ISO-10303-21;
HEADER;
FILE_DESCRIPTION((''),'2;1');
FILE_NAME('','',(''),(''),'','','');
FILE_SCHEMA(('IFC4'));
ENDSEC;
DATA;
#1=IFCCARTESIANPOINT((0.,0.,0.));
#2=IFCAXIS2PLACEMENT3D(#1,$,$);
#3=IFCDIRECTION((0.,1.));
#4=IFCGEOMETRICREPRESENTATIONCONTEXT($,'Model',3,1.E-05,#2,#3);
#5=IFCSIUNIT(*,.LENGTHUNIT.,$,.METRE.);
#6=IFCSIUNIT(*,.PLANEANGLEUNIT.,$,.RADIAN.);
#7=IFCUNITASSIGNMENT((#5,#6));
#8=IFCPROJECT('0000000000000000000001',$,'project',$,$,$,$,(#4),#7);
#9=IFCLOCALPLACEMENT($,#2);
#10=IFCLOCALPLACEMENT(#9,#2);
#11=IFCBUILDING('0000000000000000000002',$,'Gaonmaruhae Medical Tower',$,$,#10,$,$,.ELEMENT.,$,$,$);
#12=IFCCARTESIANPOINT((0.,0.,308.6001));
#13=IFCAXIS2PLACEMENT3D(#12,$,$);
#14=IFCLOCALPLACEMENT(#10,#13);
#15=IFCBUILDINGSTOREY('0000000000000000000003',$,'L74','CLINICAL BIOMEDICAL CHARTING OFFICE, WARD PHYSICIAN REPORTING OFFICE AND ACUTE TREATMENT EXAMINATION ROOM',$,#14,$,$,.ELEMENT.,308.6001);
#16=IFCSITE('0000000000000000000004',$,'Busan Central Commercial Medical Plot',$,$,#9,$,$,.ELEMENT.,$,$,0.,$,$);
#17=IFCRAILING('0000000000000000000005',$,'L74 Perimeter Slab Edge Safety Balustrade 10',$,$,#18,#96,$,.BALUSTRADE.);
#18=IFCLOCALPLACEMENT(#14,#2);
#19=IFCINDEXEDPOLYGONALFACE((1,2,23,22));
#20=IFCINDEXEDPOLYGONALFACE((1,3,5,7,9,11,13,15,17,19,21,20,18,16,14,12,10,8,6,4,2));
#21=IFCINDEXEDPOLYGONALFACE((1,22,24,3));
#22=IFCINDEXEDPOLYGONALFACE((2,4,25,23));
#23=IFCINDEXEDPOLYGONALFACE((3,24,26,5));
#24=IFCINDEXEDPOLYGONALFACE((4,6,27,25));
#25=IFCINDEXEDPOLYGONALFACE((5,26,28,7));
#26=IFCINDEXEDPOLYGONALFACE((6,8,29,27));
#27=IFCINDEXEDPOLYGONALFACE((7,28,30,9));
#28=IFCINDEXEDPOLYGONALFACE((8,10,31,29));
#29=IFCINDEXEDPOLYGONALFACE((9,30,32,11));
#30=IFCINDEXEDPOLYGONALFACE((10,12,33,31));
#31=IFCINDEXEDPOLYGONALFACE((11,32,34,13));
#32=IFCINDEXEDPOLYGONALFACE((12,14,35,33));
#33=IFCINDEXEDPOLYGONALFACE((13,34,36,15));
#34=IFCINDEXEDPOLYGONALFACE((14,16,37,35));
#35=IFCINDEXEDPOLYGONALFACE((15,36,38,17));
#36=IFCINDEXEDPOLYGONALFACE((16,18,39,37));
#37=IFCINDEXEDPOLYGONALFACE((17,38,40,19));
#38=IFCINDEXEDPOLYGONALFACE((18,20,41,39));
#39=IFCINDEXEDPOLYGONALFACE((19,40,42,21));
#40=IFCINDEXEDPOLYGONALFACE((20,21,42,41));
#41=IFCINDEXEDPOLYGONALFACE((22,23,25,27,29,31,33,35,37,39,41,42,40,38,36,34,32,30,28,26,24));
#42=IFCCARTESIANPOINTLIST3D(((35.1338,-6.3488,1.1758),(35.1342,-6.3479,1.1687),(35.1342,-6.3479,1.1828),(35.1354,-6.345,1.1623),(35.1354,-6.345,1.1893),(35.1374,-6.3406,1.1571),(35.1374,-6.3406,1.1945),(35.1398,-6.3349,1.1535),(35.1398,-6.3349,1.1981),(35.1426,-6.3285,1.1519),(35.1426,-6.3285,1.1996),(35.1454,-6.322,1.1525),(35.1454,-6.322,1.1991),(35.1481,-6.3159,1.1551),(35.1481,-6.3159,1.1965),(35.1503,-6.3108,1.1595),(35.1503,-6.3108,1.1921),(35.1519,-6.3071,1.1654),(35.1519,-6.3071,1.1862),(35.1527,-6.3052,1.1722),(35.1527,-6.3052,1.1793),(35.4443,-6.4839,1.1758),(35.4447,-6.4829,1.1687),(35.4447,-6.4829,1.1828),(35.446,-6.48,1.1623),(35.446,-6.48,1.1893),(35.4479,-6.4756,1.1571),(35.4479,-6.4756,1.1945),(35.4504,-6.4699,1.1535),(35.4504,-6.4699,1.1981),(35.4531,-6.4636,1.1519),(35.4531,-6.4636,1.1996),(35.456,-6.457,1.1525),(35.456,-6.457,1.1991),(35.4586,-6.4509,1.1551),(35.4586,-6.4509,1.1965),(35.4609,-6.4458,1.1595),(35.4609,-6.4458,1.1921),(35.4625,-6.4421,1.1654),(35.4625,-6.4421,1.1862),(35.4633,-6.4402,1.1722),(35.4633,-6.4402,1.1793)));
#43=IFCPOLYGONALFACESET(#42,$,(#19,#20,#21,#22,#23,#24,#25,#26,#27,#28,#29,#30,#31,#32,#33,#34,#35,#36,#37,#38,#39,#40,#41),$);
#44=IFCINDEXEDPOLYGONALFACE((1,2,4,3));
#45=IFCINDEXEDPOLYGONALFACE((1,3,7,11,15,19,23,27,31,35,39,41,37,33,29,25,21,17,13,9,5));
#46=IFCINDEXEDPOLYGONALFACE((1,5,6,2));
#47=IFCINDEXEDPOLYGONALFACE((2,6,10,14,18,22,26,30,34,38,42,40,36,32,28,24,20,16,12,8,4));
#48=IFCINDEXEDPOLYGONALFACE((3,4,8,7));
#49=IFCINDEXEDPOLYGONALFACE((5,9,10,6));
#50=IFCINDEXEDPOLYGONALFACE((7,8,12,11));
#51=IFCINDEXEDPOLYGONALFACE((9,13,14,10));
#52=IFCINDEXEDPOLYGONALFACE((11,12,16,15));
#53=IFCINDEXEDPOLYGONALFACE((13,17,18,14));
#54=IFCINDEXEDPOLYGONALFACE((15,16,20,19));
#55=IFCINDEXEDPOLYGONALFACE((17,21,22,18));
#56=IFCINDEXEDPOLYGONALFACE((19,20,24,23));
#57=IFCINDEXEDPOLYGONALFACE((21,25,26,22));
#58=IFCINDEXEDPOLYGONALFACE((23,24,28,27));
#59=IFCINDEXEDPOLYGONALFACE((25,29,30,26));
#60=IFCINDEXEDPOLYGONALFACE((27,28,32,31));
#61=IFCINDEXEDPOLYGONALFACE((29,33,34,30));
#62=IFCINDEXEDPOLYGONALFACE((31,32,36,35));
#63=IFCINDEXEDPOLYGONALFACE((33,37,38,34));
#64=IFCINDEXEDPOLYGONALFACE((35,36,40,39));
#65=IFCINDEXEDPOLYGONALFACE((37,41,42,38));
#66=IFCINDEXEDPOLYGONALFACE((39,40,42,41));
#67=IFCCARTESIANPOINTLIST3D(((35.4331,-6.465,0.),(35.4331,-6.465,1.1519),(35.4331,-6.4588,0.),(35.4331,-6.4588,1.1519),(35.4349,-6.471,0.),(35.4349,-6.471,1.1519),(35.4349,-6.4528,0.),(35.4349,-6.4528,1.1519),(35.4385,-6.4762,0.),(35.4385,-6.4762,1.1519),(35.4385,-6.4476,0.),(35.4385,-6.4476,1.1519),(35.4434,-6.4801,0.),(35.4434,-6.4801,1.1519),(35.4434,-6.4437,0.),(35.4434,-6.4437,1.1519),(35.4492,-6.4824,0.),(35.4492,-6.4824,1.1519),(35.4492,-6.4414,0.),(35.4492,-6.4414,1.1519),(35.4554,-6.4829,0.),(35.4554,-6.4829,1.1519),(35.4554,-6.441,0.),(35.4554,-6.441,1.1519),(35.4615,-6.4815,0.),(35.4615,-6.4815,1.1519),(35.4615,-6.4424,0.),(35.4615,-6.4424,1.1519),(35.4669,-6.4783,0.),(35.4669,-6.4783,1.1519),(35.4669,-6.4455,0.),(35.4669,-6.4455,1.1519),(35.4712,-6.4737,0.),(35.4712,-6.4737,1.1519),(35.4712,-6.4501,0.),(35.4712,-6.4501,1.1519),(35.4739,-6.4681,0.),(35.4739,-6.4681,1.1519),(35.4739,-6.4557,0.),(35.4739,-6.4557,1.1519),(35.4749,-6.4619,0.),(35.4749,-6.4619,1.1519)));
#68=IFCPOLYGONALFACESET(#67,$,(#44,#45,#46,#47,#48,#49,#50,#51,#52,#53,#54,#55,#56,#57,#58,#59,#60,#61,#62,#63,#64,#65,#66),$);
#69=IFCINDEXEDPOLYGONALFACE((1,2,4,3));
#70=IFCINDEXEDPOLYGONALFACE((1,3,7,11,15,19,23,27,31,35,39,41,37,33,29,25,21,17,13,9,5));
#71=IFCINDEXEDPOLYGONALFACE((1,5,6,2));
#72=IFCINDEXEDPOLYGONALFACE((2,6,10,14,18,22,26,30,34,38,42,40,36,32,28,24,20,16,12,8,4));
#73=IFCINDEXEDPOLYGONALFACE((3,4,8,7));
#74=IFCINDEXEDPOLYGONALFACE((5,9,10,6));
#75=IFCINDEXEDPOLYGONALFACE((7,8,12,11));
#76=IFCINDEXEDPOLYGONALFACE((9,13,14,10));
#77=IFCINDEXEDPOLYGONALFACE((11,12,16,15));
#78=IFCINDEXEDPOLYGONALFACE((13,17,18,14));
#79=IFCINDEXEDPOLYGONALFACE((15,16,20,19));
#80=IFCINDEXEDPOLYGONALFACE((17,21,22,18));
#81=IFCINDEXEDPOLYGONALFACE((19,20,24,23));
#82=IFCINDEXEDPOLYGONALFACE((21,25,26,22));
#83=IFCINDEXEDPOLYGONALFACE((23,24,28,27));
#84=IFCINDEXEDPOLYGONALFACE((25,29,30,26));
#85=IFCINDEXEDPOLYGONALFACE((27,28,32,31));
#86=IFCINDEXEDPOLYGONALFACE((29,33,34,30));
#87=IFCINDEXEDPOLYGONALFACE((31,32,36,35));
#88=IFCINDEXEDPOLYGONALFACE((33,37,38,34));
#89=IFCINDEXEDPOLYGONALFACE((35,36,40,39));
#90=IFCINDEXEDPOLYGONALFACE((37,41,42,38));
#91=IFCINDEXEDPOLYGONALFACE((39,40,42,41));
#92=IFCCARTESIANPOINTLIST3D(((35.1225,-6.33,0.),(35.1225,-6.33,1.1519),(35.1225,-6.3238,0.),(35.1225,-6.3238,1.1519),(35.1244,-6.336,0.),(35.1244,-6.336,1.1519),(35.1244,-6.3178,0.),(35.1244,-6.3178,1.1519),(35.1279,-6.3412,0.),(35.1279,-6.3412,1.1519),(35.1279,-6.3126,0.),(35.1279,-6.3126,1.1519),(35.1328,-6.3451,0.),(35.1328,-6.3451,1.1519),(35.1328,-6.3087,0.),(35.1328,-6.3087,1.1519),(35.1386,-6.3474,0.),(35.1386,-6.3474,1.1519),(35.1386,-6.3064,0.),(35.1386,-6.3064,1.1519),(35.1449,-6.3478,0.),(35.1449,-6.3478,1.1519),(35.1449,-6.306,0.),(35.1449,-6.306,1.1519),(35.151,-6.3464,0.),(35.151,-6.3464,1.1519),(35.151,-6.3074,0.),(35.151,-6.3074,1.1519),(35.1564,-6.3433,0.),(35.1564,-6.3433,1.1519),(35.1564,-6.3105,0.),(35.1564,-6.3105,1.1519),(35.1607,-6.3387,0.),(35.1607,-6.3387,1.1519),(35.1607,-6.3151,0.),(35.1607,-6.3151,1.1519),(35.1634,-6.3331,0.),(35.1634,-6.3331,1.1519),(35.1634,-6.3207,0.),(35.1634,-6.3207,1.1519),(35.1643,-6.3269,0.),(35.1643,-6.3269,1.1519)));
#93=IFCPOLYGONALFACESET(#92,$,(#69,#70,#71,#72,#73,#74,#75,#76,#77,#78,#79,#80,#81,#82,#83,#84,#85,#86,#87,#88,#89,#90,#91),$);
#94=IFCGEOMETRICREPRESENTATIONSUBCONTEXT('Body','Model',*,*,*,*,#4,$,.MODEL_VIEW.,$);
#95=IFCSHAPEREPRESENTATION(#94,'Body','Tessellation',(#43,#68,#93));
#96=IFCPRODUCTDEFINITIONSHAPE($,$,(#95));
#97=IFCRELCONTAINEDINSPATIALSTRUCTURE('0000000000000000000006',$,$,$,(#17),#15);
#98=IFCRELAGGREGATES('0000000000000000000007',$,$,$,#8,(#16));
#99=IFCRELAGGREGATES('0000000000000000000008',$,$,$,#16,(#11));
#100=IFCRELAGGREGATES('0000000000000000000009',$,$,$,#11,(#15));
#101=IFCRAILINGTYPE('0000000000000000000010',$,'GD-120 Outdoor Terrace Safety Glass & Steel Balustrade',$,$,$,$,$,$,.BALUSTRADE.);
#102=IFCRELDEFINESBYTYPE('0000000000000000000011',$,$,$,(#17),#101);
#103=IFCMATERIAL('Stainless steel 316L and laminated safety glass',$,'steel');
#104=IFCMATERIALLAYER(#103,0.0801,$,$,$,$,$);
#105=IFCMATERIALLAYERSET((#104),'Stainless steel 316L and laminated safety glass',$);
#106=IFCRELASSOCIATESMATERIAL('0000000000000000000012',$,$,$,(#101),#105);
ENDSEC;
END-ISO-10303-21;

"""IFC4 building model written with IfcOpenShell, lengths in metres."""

from ifc_helpers import new_model, si_unit, direction, frame, origin, origin_2d, place, context, subcontext, project, spatial, circle, extrude, material, layer, layer_set, type_object, element, save


model = new_model("IFC4")

# Units and contexts
model_context = context("Model", 3, precision=1e-05, world=origin(), true_north=direction((0.0, 1.0)))
body_context = subcontext(model_context, "Body", "Model", "MODEL_VIEW")
ifc_project = project(units=[si_unit("LENGTHUNIT", "METRE"), si_unit("PLANEANGLEUNIT", "RADIAN")], contexts=[model_context])

# Site, building, storey
site_placement = place(None, origin())
site = spatial("IfcSite", under=ifc_project, at=site_placement, Name="Busan Central Commercial Medical Plot", CompositionType="ELEMENT", RefElevation=0.0)
building_placement = place(site_placement, origin())
building = spatial("IfcBuilding", under=site, at=building_placement, Name="Gaonmaruhae Medical Tower", CompositionType="ELEMENT")
storey_placement = place(building_placement, frame((0.0, 0.0, 308.6001)))
storey = spatial("IfcBuildingStorey", under=building, at=storey_placement, Name="L74", Description="CLINICAL BIOMEDICAL CHARTING OFFICE, WARD PHYSICIAN REPORTING OFFICE AND ACUTE TREATMENT EXAMINATION ROOM", CompositionType="ELEMENT", Elevation=308.6001)

# Railing
ifc_material_1 = material(Name="Stainless steel 316L and laminated safety glass", Category="steel")
ifc_layer_1 = layer(ifc_material_1, 0.0801)
ifc_layer_set_1 = layer_set([ifc_layer_1], Name="Stainless steel 316L and laminated safety glass")
railing_type = type_object("IfcRailingType", Name="GD-120 Outdoor Terrace Safety Glass & Steel Balustrade", PredefinedType="BALUSTRADE", material=ifc_layer_set_1)
for number, where, name in (
    (1, (35.4539, -6.4619, 0.0), "L74 Perimeter Slab Edge Safety Balustrade 10"),
):
    element("IfcRailing", number, at=place(storey_placement, frame(where)), inside=storey, type_object=railing_type, Name=name, PredefinedType="BALUSTRADE", context=body_context, shape_type="SweptSolid", body=[
        extrude(circle(Radius=0.0239, at=origin_2d()), frame((0.0, 0.0, 1.1758), z_axis=(-0.917082, 0.3987, 0.0), x_axis=(-0.3987, -0.917082, 0.0)), (0.0, 0.0, 1.0), 0.3386),
        extrude(circle(Radius=0.021, at=origin_2d()), origin(), (0.0, 0.0, 1.0), 1.1519),
        extrude(circle(Radius=0.021, at=origin_2d()), frame((-0.3105, 0.135, 0.0)), (0.0, 0.0, 1.0), 1.1519),
    ])

save(model, "model.ifc")
